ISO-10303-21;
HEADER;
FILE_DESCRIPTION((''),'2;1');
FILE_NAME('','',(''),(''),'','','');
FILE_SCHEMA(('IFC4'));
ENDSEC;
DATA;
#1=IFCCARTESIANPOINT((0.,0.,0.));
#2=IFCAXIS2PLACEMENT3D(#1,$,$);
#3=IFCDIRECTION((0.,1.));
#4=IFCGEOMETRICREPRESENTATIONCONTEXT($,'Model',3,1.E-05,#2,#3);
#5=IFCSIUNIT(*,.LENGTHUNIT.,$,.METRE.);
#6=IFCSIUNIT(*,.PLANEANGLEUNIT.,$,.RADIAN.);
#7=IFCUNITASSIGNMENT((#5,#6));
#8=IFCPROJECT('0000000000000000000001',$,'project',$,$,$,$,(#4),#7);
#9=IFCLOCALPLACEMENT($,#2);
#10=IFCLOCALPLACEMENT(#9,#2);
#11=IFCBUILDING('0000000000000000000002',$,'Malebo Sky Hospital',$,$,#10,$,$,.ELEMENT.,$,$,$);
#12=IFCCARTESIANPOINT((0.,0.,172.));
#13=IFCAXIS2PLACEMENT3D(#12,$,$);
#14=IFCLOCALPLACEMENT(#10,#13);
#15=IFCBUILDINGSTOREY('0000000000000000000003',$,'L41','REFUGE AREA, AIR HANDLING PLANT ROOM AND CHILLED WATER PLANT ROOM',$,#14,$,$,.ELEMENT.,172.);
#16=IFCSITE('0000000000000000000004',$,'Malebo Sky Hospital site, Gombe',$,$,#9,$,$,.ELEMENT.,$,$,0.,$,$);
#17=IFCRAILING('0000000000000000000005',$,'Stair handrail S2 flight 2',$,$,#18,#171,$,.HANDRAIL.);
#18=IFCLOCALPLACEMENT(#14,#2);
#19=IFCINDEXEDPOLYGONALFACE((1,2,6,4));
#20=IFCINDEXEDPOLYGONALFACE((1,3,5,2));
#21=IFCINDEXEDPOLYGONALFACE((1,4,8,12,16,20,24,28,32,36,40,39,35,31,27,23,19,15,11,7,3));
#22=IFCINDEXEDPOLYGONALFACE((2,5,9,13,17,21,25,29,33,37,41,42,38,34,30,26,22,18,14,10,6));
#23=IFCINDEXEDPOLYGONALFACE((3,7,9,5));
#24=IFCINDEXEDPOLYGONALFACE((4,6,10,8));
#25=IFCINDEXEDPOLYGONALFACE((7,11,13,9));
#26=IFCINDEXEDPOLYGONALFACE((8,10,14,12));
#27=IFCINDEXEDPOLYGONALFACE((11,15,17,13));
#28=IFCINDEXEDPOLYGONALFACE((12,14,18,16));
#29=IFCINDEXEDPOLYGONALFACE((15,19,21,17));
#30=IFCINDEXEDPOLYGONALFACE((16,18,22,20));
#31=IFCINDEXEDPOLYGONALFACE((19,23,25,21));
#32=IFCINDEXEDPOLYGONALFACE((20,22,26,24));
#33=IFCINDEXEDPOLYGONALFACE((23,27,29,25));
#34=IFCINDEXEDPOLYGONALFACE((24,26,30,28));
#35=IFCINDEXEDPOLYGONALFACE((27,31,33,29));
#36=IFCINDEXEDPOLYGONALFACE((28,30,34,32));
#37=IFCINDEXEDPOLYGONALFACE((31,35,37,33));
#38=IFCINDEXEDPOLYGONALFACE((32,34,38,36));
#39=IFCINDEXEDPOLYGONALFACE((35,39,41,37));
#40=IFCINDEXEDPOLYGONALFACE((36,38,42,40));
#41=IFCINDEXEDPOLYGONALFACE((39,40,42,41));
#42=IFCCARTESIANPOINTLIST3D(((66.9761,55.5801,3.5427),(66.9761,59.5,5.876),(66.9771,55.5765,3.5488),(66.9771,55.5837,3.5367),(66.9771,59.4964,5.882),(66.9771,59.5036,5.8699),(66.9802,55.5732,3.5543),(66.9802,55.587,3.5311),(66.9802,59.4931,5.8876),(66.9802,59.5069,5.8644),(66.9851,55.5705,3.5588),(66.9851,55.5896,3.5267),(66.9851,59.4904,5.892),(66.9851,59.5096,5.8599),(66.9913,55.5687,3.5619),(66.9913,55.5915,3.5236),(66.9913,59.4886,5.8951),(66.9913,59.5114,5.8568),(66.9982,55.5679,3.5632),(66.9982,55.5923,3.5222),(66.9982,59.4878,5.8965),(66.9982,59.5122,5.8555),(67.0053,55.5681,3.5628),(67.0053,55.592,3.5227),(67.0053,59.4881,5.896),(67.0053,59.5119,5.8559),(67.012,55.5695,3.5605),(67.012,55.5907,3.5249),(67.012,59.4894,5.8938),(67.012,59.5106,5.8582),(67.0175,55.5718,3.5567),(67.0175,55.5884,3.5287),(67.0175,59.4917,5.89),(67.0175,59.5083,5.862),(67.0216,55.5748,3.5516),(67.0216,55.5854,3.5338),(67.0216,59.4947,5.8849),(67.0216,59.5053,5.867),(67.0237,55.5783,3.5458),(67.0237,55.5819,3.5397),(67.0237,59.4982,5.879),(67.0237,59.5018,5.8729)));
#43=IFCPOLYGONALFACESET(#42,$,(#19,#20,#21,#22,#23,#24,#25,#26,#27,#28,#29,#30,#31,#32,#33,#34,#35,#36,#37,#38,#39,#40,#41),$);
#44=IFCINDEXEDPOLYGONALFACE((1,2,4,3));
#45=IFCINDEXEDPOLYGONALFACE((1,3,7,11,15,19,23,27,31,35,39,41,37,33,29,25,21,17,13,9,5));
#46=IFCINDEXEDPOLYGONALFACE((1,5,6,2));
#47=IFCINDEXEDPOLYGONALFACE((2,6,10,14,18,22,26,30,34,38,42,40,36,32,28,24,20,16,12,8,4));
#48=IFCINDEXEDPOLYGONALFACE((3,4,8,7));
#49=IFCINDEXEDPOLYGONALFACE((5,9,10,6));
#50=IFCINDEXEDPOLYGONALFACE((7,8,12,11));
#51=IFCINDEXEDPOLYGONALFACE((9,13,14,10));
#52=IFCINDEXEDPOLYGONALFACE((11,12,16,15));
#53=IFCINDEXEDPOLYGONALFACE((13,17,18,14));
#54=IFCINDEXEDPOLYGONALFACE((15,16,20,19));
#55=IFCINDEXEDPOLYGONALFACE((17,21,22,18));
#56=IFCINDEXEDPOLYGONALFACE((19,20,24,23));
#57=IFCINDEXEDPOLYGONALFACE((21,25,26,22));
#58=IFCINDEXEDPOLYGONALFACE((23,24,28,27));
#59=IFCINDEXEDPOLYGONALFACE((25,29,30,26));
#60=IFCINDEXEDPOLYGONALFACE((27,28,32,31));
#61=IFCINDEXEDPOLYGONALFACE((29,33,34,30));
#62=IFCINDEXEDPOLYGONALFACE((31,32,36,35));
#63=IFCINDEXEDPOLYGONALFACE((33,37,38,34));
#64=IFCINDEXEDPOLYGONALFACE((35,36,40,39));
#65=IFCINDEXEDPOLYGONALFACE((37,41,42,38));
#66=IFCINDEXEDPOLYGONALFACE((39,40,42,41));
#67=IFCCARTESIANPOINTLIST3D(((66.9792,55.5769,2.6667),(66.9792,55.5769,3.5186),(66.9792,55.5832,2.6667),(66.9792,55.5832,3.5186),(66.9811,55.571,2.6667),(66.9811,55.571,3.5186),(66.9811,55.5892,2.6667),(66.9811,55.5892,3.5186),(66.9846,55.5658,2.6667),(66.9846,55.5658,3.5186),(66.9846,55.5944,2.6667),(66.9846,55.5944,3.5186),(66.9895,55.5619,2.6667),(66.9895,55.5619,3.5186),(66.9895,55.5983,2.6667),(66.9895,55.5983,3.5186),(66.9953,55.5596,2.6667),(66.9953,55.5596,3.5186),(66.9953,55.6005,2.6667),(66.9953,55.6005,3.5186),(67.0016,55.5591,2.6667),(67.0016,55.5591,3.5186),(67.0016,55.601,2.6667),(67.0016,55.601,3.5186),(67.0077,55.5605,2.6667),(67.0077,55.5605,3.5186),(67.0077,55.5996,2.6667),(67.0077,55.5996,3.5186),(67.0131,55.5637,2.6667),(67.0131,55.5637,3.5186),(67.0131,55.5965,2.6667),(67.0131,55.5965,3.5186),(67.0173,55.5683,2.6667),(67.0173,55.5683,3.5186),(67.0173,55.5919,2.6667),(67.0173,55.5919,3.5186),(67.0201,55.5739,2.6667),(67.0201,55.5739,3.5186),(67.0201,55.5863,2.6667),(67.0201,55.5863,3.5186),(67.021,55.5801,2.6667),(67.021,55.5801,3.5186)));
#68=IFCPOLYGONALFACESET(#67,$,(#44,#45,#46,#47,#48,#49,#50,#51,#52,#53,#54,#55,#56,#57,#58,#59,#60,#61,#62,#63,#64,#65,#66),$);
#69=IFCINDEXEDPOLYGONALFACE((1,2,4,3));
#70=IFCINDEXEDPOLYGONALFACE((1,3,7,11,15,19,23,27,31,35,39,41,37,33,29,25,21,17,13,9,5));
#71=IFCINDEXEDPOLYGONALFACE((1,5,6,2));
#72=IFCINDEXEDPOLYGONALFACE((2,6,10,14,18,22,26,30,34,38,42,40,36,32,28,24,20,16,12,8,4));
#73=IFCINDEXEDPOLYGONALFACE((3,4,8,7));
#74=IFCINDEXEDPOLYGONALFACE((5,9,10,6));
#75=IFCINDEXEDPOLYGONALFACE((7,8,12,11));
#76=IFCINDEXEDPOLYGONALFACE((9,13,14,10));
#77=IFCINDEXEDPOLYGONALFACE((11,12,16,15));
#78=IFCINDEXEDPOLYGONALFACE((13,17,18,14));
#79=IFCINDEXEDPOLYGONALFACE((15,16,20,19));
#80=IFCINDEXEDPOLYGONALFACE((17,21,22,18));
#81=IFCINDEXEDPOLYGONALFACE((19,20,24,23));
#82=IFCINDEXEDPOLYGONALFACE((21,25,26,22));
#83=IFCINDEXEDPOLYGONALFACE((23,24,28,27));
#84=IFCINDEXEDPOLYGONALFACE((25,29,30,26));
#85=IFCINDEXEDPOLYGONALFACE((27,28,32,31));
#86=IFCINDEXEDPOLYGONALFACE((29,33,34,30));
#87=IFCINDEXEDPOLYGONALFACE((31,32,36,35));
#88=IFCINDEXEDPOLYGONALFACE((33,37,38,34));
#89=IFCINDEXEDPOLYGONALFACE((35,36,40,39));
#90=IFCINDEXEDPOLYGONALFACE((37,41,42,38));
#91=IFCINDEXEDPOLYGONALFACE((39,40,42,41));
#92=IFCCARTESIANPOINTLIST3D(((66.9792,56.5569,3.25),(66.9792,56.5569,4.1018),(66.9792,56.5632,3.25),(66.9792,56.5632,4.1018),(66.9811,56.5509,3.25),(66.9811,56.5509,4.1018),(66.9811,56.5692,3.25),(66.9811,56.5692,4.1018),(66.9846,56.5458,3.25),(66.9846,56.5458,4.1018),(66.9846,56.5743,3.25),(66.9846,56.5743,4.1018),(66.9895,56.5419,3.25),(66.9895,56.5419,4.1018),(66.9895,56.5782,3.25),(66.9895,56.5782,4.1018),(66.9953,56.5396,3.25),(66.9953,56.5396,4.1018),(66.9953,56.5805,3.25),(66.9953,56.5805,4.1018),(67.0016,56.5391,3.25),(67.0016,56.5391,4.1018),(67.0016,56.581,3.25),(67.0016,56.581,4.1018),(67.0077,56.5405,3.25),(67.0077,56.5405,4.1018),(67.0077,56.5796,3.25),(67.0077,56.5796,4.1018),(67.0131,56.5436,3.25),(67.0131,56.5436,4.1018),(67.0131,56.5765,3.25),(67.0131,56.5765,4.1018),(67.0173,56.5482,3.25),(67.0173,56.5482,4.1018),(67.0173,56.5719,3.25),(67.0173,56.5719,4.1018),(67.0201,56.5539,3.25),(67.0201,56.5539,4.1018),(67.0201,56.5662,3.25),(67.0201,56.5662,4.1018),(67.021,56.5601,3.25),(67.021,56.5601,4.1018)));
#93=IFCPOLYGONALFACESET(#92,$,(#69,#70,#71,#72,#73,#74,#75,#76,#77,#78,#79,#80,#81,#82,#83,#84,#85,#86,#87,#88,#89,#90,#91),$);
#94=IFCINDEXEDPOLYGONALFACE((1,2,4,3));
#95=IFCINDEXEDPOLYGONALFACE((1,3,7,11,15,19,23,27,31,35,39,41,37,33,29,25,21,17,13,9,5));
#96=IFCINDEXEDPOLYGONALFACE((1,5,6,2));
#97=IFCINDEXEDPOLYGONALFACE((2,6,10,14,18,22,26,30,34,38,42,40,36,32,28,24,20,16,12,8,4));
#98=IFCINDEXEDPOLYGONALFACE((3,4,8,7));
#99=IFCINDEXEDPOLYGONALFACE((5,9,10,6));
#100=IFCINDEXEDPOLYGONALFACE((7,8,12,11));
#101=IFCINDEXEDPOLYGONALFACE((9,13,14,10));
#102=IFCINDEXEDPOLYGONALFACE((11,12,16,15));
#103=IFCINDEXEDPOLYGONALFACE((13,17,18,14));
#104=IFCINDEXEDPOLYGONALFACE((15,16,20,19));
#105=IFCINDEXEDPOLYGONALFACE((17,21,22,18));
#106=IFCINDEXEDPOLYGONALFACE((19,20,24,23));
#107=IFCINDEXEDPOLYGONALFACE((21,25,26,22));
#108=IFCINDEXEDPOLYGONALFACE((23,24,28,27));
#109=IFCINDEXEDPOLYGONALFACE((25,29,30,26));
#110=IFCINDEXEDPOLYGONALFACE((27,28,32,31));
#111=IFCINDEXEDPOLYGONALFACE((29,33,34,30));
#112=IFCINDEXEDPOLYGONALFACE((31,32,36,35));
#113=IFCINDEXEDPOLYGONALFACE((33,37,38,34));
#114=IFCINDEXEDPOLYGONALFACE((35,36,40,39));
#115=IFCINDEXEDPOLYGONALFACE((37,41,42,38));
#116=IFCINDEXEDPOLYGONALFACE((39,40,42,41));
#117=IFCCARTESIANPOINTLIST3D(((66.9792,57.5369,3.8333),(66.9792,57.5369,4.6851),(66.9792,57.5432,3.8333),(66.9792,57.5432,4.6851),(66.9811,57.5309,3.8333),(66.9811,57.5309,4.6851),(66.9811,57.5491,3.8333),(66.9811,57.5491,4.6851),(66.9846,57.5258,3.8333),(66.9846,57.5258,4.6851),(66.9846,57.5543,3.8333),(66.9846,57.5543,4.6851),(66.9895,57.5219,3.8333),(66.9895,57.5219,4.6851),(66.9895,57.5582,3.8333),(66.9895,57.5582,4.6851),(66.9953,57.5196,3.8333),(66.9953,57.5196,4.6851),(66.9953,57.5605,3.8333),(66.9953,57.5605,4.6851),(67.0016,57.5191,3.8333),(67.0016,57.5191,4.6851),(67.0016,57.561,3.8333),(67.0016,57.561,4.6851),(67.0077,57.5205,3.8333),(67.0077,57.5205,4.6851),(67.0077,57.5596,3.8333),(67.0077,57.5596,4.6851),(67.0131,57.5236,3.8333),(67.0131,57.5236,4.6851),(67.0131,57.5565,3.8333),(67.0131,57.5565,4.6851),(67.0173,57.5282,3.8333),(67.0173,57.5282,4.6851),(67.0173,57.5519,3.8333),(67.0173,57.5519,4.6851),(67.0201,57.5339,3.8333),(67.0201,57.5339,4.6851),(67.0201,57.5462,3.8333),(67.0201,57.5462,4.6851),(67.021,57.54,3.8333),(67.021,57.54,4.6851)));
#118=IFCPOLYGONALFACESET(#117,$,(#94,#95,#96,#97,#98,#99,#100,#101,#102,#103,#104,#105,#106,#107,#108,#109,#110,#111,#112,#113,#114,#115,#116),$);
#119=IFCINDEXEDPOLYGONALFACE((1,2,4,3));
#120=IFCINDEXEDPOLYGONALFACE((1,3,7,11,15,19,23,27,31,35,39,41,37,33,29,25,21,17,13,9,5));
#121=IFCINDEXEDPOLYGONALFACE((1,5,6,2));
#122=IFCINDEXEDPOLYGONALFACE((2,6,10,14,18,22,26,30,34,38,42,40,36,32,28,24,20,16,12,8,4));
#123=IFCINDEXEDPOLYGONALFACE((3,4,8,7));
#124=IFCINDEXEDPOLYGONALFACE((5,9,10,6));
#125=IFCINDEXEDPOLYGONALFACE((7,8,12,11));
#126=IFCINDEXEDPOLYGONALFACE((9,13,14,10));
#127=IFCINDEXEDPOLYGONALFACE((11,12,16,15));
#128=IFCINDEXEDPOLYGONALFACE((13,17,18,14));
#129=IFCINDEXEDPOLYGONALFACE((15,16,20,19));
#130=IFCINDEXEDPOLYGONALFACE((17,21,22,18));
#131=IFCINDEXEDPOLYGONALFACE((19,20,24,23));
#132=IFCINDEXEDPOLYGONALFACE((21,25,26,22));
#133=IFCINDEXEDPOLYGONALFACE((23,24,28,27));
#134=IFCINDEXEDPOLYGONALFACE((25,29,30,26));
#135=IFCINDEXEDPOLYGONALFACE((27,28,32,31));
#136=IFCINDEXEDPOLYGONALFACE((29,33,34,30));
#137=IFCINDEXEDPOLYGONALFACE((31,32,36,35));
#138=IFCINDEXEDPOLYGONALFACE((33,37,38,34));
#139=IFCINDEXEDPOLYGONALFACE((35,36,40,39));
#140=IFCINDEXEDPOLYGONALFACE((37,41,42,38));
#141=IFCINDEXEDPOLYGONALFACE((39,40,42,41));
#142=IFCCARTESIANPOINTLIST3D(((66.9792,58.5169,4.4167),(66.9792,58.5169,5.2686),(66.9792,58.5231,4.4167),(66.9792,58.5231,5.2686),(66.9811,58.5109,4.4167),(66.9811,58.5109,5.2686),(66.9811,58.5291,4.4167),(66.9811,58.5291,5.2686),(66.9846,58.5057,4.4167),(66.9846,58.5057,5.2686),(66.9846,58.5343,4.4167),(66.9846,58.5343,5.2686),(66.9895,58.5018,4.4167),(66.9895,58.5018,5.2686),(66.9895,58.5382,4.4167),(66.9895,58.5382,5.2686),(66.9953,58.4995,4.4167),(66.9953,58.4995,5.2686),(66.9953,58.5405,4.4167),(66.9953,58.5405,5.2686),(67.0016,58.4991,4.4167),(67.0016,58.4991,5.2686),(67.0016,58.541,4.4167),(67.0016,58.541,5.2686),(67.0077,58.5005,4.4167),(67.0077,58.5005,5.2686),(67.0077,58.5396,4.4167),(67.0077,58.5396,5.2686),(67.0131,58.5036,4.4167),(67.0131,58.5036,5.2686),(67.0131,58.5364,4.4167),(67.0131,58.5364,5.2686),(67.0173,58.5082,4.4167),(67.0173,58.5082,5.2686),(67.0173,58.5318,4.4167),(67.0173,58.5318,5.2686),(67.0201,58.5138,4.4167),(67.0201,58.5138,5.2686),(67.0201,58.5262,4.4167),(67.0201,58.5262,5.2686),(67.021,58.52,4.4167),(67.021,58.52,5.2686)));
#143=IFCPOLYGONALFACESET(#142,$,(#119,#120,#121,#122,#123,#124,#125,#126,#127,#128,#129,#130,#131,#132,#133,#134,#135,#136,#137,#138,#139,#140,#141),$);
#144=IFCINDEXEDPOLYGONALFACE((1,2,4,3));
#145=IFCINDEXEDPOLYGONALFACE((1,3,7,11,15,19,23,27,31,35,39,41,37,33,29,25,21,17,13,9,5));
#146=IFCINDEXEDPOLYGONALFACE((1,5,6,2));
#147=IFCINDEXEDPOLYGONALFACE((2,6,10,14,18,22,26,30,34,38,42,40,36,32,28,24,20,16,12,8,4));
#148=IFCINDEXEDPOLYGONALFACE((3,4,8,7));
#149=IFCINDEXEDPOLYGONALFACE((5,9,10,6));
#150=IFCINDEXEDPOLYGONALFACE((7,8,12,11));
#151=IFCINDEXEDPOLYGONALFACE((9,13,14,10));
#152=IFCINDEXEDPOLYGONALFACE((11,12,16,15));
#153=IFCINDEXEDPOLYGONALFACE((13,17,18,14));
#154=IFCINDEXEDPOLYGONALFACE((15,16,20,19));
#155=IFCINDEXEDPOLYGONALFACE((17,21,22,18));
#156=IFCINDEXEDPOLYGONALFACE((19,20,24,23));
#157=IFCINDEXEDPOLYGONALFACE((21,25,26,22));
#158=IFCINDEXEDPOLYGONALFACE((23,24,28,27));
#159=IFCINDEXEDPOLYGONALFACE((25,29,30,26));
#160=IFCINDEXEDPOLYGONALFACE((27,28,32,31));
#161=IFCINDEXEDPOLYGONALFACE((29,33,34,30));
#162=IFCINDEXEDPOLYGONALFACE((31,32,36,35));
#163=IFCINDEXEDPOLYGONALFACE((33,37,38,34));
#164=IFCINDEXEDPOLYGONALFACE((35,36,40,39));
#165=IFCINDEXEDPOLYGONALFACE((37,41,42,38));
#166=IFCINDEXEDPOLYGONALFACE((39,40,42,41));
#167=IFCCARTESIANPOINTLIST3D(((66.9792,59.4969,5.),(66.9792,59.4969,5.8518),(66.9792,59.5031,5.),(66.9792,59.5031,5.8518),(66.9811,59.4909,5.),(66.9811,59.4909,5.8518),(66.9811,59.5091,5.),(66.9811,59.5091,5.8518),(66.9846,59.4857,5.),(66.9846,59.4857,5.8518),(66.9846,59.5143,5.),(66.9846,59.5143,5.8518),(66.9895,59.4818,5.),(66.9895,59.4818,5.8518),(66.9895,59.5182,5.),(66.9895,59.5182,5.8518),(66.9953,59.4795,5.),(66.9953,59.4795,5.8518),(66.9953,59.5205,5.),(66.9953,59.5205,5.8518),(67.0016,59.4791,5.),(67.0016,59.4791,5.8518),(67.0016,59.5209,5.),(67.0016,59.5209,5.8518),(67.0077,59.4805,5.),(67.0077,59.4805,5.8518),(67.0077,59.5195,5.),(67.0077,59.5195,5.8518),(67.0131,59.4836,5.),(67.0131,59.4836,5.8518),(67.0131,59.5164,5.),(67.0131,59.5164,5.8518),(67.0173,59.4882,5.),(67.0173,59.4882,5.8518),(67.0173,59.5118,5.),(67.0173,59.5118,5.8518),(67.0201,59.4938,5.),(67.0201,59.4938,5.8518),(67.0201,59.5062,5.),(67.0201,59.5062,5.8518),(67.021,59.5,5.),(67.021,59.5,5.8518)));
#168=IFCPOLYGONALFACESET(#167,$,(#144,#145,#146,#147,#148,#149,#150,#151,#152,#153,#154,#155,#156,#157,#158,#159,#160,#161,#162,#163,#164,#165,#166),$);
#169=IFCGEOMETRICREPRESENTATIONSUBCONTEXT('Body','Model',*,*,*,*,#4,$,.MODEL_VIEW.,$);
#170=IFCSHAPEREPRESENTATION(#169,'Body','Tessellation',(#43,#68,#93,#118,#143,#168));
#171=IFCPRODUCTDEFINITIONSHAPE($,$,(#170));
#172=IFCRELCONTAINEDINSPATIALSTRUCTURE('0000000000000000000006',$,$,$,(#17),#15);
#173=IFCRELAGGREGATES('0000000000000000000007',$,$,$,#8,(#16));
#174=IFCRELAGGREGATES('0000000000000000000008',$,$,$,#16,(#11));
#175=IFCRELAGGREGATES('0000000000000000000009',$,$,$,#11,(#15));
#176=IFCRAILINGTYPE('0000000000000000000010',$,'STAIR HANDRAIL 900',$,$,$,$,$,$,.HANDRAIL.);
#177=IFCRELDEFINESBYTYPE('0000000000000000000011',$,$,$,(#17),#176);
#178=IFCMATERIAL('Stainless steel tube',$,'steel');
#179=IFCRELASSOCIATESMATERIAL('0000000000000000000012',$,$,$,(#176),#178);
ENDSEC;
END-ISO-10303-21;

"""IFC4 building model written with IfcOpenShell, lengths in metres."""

from ifc_helpers import new_model, si_unit, direction, frame, origin, origin_2d, place, context, subcontext, project, spatial, circle, extrude, material, type_object, element, save


model = new_model("IFC4")

# Units and contexts
model_context = context("Model", 3, precision=1e-05, world=origin(), true_north=direction((0.0, 1.0)))
body_context = subcontext(model_context, "Body", "Model", "MODEL_VIEW")
ifc_project = project(units=[si_unit("LENGTHUNIT", "METRE"), si_unit("PLANEANGLEUNIT", "RADIAN")], contexts=[model_context])

# Site, building, storey
site_placement = place(None, origin())
site = spatial("IfcSite", under=ifc_project, at=site_placement, Name="Malebo Sky Hospital site, Gombe", CompositionType="ELEMENT", RefElevation=0.0)
building_placement = place(site_placement, origin())
building = spatial("IfcBuilding", under=site, at=building_placement, Name="Malebo Sky Hospital", CompositionType="ELEMENT")
storey_placement = place(building_placement, frame((0.0, 0.0, 172.0)))
storey = spatial("IfcBuildingStorey", under=building, at=storey_placement, Name="L41", Description="REFUGE AREA, AIR HANDLING PLANT ROOM AND CHILLED WATER PLANT ROOM", CompositionType="ELEMENT", Elevation=172.0)

# Railing
ifc_material_1 = material(Name="Stainless steel tube", Category="steel")
railing_type = type_object("IfcRailingType", Name="STAIR HANDRAIL 900", PredefinedType="HANDRAIL", material=ifc_material_1)
railing_1_placement = place(storey_placement, frame((67.0, 55.5801, 2.6667)))
element("IfcRailing", 1, at=railing_1_placement, inside=storey, type_object=railing_type, Name="Stair handrail S2 flight 2", PredefinedType="HANDRAIL", context=body_context, shape_type="SweptSolid", body=[
    extrude(circle(Radius=0.0239, at=origin_2d()), frame((0.0, 0.0, 0.876), z_axis=(0.0, 0.859296, 0.511478), x_axis=(-1.0, 0.0, 0.0)), (0.0, 0.0, 1.0), 4.5618),
    extrude(circle(Radius=0.021, at=origin_2d()), origin(), (0.0, 0.0, 1.0), 0.8518),
    extrude(circle(Radius=0.021, at=origin_2d()), frame((0.0, 0.98, 0.5833)), (0.0, 0.0, 1.0), 0.8518),
    extrude(circle(Radius=0.021, at=origin_2d()), frame((0.0, 1.96, 1.1665)), (0.0, 0.0, 1.0), 0.8518),
    extrude(circle(Radius=0.021, at=origin_2d()), frame((0.0, 2.9399, 1.75)), (0.0, 0.0, 1.0), 0.8518),
    extrude(circle(Radius=0.021, at=origin_2d()), frame((0.0, 3.9199, 2.3333)), (0.0, 0.0, 1.0), 0.8518),
])

save(model, "model.ifc")
